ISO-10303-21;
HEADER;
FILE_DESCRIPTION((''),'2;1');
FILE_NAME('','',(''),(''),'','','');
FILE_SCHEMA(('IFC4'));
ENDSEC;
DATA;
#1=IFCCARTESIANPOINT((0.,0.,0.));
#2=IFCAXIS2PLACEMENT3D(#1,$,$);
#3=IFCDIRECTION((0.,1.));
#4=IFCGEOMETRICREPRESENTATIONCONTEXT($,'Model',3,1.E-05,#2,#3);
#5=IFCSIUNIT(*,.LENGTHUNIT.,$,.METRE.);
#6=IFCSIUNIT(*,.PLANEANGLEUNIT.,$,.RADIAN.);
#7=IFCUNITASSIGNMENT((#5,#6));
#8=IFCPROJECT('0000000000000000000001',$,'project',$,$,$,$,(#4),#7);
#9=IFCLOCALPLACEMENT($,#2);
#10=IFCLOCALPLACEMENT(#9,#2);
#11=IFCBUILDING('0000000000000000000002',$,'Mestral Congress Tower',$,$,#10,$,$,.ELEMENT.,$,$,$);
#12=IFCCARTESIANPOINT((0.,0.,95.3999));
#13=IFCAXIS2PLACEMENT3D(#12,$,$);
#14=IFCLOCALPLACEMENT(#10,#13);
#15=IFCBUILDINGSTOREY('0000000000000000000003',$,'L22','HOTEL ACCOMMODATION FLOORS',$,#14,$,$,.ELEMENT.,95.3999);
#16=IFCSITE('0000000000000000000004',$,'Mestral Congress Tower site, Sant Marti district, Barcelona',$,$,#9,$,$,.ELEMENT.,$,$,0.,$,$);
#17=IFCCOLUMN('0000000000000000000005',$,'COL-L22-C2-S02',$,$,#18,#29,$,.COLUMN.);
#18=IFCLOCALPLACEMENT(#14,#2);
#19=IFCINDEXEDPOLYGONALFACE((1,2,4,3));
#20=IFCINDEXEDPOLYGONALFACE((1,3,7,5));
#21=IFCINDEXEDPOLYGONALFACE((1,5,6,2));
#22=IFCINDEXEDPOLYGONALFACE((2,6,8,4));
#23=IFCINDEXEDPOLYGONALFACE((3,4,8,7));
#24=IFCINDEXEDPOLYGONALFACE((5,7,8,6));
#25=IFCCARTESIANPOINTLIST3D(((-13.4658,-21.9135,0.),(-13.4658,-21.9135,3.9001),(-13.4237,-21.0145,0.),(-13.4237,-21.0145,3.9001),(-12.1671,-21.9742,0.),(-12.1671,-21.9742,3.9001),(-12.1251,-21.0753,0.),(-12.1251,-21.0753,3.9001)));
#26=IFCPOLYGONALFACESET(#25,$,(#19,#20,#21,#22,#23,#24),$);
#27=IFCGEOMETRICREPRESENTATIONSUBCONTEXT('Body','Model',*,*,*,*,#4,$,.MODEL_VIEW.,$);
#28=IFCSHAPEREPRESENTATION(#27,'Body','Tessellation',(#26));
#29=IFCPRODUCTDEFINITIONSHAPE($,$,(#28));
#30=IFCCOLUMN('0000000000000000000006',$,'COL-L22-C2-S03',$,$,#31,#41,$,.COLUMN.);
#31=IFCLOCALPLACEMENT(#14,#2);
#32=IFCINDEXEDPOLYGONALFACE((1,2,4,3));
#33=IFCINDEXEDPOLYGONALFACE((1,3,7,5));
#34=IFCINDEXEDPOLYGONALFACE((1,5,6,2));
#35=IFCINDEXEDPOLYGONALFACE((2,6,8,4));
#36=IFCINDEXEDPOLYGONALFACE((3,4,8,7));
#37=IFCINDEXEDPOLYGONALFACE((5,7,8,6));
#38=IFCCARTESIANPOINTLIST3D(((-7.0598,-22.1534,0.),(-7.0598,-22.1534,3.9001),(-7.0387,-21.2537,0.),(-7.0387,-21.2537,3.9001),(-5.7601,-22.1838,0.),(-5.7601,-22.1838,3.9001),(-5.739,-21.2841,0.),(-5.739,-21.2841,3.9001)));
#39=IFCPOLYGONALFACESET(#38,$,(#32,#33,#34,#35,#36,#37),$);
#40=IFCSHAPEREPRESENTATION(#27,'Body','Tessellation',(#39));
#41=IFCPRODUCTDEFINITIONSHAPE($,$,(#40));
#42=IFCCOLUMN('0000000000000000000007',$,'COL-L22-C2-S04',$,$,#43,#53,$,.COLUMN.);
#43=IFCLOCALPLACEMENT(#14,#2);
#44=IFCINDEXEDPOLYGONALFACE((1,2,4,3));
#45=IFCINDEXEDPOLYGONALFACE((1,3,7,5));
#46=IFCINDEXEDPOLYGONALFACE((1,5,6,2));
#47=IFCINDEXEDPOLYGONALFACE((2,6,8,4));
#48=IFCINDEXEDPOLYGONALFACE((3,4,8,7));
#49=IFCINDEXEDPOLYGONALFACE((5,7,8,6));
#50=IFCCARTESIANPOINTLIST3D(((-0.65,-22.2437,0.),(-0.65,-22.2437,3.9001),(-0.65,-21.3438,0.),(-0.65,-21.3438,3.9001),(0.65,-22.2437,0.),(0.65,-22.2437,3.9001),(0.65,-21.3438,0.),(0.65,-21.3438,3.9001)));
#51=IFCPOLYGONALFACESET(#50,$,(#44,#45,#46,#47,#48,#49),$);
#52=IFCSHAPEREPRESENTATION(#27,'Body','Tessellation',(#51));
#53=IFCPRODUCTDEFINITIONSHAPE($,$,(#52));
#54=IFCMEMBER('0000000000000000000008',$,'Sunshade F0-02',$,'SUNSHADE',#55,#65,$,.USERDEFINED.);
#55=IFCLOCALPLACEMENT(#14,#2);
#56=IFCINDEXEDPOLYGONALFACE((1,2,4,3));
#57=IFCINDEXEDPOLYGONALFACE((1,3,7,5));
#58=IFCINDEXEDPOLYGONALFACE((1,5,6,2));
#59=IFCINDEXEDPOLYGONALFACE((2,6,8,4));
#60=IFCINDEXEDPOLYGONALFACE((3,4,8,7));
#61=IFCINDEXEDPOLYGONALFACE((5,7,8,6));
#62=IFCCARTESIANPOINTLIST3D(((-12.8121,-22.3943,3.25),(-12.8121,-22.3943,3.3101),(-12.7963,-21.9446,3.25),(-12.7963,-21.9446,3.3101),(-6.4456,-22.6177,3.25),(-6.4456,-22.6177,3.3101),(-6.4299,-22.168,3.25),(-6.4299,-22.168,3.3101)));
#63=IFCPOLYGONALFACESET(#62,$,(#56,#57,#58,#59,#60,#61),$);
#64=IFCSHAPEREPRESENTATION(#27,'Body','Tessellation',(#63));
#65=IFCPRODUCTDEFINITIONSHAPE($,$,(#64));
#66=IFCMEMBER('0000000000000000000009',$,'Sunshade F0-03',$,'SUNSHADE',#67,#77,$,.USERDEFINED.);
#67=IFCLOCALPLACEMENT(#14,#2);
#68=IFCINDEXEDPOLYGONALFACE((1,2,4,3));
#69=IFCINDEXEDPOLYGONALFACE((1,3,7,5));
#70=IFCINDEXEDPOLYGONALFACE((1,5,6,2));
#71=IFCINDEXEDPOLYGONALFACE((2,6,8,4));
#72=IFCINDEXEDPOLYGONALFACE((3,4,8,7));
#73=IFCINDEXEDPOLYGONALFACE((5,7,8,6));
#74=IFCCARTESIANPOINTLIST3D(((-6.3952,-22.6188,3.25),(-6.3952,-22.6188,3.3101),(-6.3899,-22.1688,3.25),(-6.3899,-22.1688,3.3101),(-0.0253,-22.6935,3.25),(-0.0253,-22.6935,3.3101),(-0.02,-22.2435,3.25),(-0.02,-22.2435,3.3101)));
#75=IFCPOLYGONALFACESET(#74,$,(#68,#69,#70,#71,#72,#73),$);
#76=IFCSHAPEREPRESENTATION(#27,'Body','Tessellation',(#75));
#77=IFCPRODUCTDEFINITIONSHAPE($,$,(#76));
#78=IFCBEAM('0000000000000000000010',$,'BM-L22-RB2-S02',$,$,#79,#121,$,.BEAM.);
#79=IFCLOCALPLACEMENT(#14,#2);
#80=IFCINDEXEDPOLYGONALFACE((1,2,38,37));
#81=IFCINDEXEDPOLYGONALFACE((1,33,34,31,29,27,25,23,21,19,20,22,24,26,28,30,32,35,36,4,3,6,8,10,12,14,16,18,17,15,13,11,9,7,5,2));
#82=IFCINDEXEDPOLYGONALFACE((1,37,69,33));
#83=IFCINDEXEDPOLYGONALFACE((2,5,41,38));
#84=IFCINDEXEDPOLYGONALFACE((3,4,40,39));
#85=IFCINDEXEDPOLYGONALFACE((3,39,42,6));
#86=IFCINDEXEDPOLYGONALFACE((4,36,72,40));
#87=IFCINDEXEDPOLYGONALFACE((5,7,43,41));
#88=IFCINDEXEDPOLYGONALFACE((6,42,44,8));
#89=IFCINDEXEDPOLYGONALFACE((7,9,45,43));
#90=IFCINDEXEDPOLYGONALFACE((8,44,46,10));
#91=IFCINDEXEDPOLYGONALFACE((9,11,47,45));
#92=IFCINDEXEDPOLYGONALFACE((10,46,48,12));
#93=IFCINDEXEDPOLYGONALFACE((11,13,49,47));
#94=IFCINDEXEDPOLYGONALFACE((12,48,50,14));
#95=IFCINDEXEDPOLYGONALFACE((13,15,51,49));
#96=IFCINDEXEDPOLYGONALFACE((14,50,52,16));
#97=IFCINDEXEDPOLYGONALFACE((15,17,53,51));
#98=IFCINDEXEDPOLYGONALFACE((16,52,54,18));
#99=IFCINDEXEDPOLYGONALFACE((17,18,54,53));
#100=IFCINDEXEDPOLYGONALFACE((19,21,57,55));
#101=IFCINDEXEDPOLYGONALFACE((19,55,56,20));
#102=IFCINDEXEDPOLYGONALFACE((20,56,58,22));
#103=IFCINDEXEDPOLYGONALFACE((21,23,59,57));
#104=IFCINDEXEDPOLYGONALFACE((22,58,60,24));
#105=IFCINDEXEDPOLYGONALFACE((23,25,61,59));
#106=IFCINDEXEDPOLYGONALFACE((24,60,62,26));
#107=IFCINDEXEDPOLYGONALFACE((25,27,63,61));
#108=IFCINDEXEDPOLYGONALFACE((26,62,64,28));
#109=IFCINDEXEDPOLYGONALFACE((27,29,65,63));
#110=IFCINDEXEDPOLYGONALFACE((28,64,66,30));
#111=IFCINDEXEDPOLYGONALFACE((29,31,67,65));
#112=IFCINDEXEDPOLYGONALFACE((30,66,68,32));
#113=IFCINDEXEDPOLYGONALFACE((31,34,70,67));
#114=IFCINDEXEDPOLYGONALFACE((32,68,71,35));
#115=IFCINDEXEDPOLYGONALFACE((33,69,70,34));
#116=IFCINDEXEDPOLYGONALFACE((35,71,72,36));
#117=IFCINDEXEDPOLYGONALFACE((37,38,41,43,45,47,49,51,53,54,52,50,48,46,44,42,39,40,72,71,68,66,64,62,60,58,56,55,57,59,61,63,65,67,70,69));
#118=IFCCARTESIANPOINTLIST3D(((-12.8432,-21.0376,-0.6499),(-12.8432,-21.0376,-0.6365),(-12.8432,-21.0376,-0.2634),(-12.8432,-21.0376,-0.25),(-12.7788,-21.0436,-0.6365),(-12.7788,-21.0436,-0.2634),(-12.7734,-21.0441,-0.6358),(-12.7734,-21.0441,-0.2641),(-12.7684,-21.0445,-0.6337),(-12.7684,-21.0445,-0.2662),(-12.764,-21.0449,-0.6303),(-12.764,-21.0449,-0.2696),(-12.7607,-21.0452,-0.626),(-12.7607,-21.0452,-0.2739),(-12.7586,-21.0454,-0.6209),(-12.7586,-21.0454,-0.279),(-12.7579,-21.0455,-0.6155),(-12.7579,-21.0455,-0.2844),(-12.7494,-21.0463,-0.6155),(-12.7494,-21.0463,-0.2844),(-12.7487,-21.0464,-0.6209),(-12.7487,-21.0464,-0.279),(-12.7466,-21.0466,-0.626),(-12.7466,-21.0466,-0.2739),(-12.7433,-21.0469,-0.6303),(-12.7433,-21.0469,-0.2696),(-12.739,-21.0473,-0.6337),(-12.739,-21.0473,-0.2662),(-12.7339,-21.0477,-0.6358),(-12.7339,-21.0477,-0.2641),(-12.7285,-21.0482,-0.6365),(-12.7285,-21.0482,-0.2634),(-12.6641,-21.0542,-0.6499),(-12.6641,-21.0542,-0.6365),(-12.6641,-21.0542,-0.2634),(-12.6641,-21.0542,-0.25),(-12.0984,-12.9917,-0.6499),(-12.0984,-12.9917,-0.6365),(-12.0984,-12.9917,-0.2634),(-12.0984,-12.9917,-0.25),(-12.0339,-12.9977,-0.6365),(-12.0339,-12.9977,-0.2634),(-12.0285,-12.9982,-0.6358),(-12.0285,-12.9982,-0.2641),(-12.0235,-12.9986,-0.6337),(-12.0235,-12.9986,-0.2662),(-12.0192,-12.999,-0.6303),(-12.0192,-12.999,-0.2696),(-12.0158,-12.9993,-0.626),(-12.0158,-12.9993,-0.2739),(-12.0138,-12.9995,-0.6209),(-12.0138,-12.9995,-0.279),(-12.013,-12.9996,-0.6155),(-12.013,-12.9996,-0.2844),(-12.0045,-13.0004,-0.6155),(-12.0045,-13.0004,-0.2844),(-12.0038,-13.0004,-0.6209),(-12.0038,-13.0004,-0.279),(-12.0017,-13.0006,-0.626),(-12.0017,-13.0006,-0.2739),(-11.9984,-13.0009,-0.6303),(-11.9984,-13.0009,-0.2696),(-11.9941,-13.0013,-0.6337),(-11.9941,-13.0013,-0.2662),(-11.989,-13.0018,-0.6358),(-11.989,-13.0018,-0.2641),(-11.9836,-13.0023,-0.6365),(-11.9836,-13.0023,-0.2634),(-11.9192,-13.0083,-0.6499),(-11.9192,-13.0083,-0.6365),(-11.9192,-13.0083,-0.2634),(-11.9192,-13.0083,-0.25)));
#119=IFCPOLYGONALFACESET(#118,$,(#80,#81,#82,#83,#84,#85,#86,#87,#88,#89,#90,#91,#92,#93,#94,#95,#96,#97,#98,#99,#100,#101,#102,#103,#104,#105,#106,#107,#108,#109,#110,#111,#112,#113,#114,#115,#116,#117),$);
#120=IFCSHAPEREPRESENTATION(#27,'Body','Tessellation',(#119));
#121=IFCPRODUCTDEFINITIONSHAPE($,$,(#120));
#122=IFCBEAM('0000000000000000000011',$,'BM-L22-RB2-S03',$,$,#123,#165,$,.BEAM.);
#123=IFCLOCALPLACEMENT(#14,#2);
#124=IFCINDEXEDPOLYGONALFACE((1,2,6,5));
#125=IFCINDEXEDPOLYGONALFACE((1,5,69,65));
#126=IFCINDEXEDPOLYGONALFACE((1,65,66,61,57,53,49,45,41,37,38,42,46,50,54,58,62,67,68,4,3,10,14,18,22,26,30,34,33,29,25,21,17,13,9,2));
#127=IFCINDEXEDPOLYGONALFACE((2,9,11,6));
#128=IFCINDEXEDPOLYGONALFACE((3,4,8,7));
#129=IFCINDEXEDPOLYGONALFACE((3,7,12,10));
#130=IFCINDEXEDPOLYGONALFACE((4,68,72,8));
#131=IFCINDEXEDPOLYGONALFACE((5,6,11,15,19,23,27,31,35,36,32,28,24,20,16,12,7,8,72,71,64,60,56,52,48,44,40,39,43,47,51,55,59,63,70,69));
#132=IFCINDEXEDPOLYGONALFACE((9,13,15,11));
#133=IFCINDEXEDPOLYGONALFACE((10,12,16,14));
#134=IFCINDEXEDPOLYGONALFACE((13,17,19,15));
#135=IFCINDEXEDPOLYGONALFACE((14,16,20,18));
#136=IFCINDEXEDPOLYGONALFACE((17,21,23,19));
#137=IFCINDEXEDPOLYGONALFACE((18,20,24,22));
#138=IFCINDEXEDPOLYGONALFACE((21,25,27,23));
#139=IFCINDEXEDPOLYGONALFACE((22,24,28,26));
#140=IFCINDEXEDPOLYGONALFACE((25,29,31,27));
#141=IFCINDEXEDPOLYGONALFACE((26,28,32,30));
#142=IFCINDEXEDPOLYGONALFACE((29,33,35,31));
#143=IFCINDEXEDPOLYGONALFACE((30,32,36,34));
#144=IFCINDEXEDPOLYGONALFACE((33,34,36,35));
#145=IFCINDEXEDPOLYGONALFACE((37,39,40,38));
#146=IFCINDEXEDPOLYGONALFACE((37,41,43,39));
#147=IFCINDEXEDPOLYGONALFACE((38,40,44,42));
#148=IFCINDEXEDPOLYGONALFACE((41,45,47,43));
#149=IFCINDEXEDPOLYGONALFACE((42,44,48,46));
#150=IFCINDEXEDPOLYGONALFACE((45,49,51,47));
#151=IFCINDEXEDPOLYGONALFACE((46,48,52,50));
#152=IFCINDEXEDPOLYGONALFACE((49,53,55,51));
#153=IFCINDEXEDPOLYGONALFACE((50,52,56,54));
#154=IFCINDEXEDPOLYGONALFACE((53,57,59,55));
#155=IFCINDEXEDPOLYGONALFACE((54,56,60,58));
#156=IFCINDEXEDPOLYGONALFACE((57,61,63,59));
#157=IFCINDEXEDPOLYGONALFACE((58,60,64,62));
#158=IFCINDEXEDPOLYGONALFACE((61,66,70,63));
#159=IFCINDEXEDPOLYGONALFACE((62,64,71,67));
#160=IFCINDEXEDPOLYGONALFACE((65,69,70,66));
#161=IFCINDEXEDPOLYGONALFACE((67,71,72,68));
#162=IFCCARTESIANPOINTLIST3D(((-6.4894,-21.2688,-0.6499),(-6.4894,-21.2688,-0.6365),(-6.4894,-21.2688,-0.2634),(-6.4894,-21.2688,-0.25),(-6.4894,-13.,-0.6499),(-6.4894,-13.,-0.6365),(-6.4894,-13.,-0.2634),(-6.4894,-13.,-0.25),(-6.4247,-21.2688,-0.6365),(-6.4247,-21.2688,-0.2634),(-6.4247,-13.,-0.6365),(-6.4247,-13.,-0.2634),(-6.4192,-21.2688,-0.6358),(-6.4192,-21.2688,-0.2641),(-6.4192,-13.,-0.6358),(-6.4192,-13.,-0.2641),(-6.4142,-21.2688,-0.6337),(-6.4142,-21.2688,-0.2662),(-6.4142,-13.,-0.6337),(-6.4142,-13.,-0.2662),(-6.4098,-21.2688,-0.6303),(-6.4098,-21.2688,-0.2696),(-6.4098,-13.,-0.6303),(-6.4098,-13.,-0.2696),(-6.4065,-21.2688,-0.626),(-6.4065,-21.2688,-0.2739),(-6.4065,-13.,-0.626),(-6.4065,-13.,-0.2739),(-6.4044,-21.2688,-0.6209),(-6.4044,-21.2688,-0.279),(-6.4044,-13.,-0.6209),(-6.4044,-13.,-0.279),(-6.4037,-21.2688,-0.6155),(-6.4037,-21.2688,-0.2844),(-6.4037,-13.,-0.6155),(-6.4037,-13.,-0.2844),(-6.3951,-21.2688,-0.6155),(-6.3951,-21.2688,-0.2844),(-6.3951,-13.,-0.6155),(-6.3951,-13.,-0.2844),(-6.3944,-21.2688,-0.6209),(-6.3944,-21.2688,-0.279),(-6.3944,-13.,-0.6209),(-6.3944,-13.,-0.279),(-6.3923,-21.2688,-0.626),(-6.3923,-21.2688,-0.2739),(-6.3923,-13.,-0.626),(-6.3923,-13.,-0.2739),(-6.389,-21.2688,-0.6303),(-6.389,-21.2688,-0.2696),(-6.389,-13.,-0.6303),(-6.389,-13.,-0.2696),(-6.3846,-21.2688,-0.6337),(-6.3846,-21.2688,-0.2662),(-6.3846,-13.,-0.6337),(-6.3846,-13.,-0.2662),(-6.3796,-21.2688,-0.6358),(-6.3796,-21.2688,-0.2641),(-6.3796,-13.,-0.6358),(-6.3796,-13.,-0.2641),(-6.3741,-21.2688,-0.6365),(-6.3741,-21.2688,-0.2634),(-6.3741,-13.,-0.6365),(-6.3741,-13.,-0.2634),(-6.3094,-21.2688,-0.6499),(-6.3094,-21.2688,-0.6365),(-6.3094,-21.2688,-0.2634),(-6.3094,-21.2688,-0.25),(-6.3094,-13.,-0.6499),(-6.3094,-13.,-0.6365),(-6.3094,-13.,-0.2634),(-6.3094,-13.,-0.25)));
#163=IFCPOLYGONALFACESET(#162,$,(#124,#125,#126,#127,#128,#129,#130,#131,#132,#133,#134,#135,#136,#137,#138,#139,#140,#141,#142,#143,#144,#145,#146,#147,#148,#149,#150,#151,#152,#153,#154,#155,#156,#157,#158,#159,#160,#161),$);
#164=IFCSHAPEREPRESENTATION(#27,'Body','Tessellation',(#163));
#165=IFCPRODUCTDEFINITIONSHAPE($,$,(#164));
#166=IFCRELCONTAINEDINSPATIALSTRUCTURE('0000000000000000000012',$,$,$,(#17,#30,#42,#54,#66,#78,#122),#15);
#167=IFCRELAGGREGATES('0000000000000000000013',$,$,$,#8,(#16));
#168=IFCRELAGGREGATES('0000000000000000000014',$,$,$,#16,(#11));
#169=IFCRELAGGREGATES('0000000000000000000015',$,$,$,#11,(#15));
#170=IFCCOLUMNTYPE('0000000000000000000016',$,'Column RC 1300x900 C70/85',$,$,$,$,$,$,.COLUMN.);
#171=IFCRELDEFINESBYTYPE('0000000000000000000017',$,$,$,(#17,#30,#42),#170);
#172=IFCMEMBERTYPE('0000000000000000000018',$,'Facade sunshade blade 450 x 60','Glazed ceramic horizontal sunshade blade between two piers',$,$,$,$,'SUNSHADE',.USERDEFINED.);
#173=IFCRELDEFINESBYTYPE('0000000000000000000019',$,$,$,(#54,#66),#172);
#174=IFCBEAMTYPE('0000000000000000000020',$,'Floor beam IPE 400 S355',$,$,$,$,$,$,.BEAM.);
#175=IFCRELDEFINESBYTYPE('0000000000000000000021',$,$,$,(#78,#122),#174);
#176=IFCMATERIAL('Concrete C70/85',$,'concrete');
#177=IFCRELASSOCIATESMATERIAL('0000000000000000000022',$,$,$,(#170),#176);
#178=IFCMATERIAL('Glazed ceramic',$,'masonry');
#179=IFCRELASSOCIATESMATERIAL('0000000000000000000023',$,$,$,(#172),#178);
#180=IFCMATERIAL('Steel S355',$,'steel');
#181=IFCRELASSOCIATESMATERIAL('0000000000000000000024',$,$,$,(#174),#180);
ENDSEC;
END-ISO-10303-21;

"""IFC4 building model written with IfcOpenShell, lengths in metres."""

from ifc_helpers import new_model, si_unit, direction, frame, origin, origin_2d, place, context, subcontext, project, spatial, rectangle, i_section, extrude, material, material_profile, profile_set, type_object, element, save


model = new_model("IFC4")

# Units and contexts
model_context = context("Model", 3, precision=1e-05, world=origin(), true_north=direction((0.0, 1.0)))
body_context = subcontext(model_context, "Body", "Model", "MODEL_VIEW")
ifc_project = project(units=[si_unit("LENGTHUNIT", "METRE"), si_unit("PLANEANGLEUNIT", "RADIAN")], contexts=[model_context])

# Site, building, storey
site_placement = place(None, origin())
site = spatial("IfcSite", under=ifc_project, at=site_placement, Name="Mestral Congress Tower site, Sant Marti district, Barcelona", CompositionType="ELEMENT", RefElevation=0.0)
building_placement = place(site_placement, origin())
building = spatial("IfcBuilding", under=site, at=building_placement, Name="Mestral Congress Tower", CompositionType="ELEMENT")
storey_placement = place(building_placement, frame((0.0, 0.0, 95.3999)))
storey = spatial("IfcBuildingStorey", under=building, at=storey_placement, Name="L22", Description="HOTEL ACCOMMODATION FLOORS", CompositionType="ELEMENT", Elevation=95.3999)

# Columns
ifc_material_1 = material(Name="Concrete C70/85", Category="concrete")
ifc_material_profile_1 = material_profile(ifc_material_1, rectangle(XDim=1.3, YDim=0.8999, at=origin_2d()), Name="RC 1300x900")
ifc_profile_set_1 = profile_set([ifc_material_profile_1], Name="Concrete C70/85")
column_type = type_object("IfcColumnType", Name="Column RC 1300x900 C70/85", PredefinedType="COLUMN", material=ifc_profile_set_1)
for number, where, z_axis, x_axis, name in (
    (1, (-12.7954, -21.4944, 0.0), (0.0, 0.0, 1.0), (0.998906, -0.046756, 0.0), "COL-L22-C2-S02"),
    (2, (-6.3994, -21.7188, 0.0), (0.0, 0.0, 1.0), (0.999727, -0.023384, 0.0), "COL-L22-C2-S03"),
    (3, (0.0, -21.7937, 0.0), (0.0, 0.0, 1.0), (1.0, 0.0, 0.0), "COL-L22-C2-S04"),
):
    element("IfcColumn", number, at=place(storey_placement, frame(where, z_axis=z_axis, x_axis=x_axis)), inside=storey, type_object=column_type, Name=name, PredefinedType="COLUMN", context=body_context, shape_type="SweptSolid", body=[
        extrude(rectangle(XDim=1.3, YDim=0.8999, at=origin_2d()), origin(), (0.0, 0.0, 1.0), 3.9001),
    ])

# Members
ifc_material_2 = material(Name="Glazed ceramic", Category="masonry")
ifc_material_profile_2 = material_profile(ifc_material_2, rectangle(XDim=0.45, YDim=0.0601, at=origin_2d()), Name="Ceramic blade 450 x 60")
ifc_profile_set_2 = profile_set([ifc_material_profile_2], Name="Glazed ceramic")
member_type = type_object("IfcMemberType", Name="Facade sunshade blade 450 x 60", Description="Glazed ceramic horizontal sunshade blade between two piers", ElementType="SUNSHADE", PredefinedType="USERDEFINED", material=ifc_profile_set_2)
for number, where, z_axis, x_axis, name in (
    (4, (-12.8042, -22.1694, 3.28), (0.999385, -0.035067, 0.0), (0.035067, 0.999385, 0.0), "Sunshade F0-02"),
    (5, (-6.3926, -22.3938, 3.28), (0.999931, -0.011727, 0.0), (0.011727, 0.999931, 0.0), "Sunshade F0-03"),
):
    element("IfcMember", number, at=place(storey_placement, frame(where, z_axis=z_axis, x_axis=x_axis)), inside=storey, type_object=member_type, Name=name, ObjectType="SUNSHADE", PredefinedType="USERDEFINED", context=body_context, shape_type="SweptSolid", body=[
        extrude(rectangle(XDim=0.45, YDim=0.0601, at=origin_2d()), origin(), (0.0, 0.0, 1.0), 6.3704),
    ])

# Beams
ifc_material_3 = material(Name="Steel S355", Category="steel")
ifc_material_profile_3 = material_profile(ifc_material_3, i_section(OverallWidth=0.1799, OverallDepth=0.3999, WebThickness=0.0085, FlangeThickness=0.0134, FilletRadius=0.021, at=origin_2d()), Name="IPE 400")
ifc_profile_set_3 = profile_set([ifc_material_profile_3], Name="Steel S355")
beam_type_1 = type_object("IfcBeamType", Name="Floor beam IPE 400 S355", PredefinedType="BEAM", material=ifc_profile_set_3)
beam_1_placement = place(storey_placement, frame((-12.7537, -21.0459, -0.45), z_axis=(0.092184, 0.995742, 0.0), x_axis=(-0.995742, 0.092184, 0.0)))
element("IfcBeam", 6, at=beam_1_placement, inside=storey, type_object=beam_type_1, Name="BM-L22-RB2-S02", PredefinedType="BEAM", context=body_context, shape_type="SweptSolid", body=[
    extrude(i_section(OverallWidth=0.1799, OverallDepth=0.3999, WebThickness=0.0085, FlangeThickness=0.0134, FilletRadius=0.021, at=origin_2d()), origin(), (0.0, 0.0, 1.0), 8.0803),
])
beam_2_placement = place(storey_placement, frame((-6.3994, -21.2688, -0.45), z_axis=(0.0, 1.0, 0.0), x_axis=(-1.0, 0.0, 0.0)))
element("IfcBeam", 7, at=beam_2_placement, inside=storey, type_object=beam_type_1, Name="BM-L22-RB2-S03", PredefinedType="BEAM", context=body_context, shape_type="SweptSolid", body=[
    extrude(i_section(OverallWidth=0.1799, OverallDepth=0.3999, WebThickness=0.0085, FlangeThickness=0.0134, FilletRadius=0.021, at=origin_2d()), origin(), (0.0, 0.0, 1.0), 8.2688),
])

save(model, "model.ifc")
